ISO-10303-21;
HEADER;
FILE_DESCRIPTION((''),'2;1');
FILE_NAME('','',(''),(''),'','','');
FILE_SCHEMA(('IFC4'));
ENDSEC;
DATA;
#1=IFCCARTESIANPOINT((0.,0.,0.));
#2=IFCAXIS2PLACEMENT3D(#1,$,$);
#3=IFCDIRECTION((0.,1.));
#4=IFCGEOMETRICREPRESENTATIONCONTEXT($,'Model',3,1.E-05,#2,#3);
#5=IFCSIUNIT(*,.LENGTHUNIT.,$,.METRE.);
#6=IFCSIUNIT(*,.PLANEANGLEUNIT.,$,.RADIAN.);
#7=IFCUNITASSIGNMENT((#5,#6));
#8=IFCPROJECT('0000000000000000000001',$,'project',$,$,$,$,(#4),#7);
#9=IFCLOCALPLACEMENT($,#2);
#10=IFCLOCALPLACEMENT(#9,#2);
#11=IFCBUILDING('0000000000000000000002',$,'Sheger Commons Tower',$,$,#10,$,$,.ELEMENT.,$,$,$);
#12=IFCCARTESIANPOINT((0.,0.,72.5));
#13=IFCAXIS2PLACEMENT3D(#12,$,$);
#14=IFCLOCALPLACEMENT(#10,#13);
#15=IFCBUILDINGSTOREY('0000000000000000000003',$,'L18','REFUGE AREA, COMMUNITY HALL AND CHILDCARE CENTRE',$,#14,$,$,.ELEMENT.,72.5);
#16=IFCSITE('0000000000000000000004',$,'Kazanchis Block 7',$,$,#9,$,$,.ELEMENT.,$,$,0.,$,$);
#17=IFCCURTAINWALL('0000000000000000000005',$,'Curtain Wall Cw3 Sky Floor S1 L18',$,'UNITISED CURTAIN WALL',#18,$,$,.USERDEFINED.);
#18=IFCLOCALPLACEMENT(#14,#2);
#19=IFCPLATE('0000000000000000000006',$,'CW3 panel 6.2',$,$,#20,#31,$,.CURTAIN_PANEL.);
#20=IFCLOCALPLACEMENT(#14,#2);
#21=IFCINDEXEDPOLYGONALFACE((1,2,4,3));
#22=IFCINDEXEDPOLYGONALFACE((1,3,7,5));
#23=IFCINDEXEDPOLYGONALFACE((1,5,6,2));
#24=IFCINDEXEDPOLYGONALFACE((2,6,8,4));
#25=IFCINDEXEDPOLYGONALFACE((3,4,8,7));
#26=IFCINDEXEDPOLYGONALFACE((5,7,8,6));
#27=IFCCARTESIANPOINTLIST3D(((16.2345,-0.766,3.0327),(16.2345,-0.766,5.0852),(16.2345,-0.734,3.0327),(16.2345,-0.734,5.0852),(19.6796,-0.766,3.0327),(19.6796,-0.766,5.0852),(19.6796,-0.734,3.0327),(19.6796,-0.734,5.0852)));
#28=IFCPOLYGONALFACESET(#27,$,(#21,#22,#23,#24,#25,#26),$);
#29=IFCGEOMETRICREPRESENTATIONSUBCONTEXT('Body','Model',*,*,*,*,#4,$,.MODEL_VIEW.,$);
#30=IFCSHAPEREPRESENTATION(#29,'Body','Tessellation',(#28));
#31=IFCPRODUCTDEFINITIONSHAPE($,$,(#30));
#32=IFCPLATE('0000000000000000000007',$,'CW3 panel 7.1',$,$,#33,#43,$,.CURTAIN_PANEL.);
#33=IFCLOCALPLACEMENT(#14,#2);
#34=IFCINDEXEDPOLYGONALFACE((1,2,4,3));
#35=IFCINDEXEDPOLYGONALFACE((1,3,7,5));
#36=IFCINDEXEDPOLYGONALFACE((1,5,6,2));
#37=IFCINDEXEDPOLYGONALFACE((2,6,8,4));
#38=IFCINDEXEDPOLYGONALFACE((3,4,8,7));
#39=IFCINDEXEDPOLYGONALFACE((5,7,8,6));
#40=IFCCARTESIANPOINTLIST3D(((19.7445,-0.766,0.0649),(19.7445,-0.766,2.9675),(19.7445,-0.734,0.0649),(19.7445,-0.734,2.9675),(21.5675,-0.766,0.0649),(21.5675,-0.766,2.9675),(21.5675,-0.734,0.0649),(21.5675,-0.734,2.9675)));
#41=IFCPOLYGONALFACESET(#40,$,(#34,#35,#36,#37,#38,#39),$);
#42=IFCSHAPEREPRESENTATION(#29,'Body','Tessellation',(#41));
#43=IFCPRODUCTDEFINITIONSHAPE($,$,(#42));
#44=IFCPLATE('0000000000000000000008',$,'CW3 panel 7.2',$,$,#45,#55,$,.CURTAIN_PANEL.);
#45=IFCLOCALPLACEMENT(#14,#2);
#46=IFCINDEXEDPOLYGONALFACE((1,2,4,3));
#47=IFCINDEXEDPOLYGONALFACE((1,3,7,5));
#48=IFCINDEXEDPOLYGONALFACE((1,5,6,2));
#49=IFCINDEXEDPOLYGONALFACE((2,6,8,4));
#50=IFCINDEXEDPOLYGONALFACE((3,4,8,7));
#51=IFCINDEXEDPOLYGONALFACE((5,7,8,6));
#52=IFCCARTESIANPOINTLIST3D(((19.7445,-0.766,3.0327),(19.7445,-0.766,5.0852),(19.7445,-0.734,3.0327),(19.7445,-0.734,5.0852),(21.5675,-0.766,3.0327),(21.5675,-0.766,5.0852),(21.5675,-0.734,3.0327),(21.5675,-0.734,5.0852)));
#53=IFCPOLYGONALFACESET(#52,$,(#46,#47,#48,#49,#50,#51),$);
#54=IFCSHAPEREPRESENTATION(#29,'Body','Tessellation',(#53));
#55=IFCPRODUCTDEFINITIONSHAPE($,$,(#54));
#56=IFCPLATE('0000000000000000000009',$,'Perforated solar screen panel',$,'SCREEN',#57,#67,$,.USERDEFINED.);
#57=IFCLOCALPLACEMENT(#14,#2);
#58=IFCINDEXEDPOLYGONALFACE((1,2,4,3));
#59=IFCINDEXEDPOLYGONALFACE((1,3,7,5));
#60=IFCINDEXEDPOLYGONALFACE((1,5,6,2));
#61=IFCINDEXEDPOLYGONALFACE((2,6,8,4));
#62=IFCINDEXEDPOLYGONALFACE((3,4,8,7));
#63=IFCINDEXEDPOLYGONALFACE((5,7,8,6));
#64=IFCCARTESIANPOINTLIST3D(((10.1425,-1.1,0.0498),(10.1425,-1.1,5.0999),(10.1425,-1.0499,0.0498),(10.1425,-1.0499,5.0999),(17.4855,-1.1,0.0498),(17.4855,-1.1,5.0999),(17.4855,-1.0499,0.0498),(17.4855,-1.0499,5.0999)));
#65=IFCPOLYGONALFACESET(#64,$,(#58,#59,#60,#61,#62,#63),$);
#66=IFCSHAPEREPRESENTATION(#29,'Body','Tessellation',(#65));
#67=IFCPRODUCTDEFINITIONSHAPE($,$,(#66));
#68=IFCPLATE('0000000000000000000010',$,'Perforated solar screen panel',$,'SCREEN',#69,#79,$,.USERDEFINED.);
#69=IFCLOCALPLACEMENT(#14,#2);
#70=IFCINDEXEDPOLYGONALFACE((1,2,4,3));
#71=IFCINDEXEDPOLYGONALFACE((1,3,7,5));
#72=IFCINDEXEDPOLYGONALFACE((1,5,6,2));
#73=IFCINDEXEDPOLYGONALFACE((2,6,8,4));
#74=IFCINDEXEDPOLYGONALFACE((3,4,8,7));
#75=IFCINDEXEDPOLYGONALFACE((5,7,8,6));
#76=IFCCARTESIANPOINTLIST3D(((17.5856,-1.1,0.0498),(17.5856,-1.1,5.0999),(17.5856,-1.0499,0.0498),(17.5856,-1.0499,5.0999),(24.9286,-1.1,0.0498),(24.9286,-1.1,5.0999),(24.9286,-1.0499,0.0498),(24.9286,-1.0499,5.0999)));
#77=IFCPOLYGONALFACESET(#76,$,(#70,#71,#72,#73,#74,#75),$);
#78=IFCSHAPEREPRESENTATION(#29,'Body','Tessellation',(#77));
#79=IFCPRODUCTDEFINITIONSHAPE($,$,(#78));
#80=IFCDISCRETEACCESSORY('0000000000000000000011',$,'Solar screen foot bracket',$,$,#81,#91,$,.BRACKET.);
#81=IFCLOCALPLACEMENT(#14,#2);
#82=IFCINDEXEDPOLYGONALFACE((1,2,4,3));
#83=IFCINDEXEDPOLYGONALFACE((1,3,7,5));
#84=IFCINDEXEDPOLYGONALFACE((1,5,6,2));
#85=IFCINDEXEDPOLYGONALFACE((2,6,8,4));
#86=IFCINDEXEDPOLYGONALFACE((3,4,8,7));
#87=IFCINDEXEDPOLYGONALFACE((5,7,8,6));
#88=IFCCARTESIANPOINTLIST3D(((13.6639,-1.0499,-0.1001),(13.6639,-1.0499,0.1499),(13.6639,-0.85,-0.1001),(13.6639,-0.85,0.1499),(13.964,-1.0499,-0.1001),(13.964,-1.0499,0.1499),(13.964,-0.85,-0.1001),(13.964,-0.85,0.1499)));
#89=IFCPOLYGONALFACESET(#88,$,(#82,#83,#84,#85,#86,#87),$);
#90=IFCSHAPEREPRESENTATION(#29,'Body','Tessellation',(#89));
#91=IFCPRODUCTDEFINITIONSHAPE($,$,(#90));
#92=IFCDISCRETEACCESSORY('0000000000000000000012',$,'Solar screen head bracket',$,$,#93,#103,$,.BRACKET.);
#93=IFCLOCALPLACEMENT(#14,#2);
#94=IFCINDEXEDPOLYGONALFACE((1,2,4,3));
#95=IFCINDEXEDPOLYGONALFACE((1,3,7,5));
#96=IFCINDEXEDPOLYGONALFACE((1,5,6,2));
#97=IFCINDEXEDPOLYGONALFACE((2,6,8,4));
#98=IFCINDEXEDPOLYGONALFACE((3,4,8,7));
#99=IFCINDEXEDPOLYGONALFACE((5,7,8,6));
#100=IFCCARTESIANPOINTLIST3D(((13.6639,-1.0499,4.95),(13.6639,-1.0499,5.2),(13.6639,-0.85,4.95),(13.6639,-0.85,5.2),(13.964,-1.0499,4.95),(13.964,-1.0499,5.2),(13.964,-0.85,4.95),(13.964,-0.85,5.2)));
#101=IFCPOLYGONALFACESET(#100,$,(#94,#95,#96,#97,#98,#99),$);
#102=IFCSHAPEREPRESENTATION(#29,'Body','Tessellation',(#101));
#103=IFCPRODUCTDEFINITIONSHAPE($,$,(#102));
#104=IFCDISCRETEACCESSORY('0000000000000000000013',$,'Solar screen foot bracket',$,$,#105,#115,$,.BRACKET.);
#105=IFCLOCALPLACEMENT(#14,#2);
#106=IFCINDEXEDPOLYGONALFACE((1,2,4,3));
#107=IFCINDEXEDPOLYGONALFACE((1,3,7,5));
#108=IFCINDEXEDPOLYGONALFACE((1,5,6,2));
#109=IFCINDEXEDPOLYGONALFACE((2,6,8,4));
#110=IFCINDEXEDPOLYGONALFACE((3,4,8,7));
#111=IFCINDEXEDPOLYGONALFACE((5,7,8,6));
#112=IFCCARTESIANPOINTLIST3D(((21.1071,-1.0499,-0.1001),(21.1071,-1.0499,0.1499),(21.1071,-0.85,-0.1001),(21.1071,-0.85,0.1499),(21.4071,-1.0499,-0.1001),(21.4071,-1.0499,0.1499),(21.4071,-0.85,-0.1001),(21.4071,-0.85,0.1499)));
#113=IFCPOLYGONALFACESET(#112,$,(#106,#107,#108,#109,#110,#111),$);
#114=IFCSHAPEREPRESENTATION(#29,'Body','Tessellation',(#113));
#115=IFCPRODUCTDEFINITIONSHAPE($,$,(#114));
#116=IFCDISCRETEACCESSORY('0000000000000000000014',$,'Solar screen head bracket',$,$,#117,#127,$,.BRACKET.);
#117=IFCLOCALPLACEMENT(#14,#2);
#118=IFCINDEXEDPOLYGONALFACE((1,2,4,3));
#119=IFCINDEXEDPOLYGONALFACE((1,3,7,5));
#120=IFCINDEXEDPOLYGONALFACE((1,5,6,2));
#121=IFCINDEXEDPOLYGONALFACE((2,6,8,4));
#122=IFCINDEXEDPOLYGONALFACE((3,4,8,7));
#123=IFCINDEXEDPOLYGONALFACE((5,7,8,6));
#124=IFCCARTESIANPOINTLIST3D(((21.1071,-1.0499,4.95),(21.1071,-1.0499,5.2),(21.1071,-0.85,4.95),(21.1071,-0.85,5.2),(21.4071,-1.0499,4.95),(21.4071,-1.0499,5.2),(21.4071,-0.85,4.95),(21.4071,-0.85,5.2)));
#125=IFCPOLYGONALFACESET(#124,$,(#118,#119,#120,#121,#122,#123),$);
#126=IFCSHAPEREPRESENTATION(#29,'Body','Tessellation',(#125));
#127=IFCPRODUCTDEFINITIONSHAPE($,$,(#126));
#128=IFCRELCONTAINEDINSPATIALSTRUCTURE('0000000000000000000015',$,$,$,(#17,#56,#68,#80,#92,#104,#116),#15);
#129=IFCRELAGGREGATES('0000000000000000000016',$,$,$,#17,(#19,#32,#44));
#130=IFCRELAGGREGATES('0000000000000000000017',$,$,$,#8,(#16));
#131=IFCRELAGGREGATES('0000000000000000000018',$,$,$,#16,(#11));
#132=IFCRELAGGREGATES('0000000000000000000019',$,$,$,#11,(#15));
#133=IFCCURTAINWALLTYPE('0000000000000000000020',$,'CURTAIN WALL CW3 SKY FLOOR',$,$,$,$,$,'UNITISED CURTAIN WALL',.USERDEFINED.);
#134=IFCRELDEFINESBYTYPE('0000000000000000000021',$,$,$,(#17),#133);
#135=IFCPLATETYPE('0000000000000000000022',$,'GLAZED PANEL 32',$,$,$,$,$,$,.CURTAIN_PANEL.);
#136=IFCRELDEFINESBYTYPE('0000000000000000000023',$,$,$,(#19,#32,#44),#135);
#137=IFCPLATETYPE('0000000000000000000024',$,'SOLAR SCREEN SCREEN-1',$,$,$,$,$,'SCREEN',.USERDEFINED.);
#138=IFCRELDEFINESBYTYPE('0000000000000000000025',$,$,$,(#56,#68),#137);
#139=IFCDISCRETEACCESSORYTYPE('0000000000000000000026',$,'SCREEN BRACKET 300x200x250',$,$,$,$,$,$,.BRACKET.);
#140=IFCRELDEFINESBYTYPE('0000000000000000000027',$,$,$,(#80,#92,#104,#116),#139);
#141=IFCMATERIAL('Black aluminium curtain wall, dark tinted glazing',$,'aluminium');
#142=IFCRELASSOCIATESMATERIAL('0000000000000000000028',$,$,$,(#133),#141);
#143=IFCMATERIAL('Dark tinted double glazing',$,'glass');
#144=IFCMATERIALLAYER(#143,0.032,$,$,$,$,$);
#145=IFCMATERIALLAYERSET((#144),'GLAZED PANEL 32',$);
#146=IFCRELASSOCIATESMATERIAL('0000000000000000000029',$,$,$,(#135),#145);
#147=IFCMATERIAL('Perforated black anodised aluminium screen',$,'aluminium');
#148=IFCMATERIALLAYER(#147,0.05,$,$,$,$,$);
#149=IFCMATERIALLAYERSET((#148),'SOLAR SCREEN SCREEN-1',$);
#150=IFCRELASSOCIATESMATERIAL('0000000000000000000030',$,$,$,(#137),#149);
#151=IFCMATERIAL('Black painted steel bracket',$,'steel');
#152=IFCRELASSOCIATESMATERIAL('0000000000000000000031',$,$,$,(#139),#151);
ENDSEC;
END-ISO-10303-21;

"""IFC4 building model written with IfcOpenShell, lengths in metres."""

from ifc_helpers import new_model, si_unit, direction, frame, origin, origin_2d, place, context, subcontext, project, spatial, rectangle, extrude, material, layer, layer_set, type_object, element, aggregate, save


model = new_model("IFC4")

# Units and contexts
model_context = context("Model", 3, precision=1e-05, world=origin(), true_north=direction((0.0, 1.0)))
body_context = subcontext(model_context, "Body", "Model", "MODEL_VIEW")
ifc_project = project(units=[si_unit("LENGTHUNIT", "METRE"), si_unit("PLANEANGLEUNIT", "RADIAN")], contexts=[model_context])

# Site, building, storey
site_placement = place(None, origin())
site = spatial("IfcSite", under=ifc_project, at=site_placement, Name="Kazanchis Block 7", CompositionType="ELEMENT", RefElevation=0.0)
building_placement = place(site_placement, origin())
building = spatial("IfcBuilding", under=site, at=building_placement, Name="Sheger Commons Tower", CompositionType="ELEMENT")
storey_placement = place(building_placement, frame((0.0, 0.0, 72.5)))
storey = spatial("IfcBuildingStorey", under=building, at=storey_placement, Name="L18", Description="REFUGE AREA, COMMUNITY HALL AND CHILDCARE CENTRE", CompositionType="ELEMENT", Elevation=72.5)

# Curtain wall, plates
ifc_material_1 = material(Name="Black aluminium curtain wall, dark tinted glazing", Category="aluminium")
curtain_wall_type = type_object("IfcCurtainWallType", Name="CURTAIN WALL CW3 SKY FLOOR", ElementType="UNITISED CURTAIN WALL", PredefinedType="USERDEFINED", material=ifc_material_1)
curtain_wall_placement = place(storey_placement, origin())
curtain_wall = element("IfcCurtainWall", 1, at=curtain_wall_placement, inside=storey, type_object=curtain_wall_type, Name="Curtain Wall Cw3 Sky Floor S1 L18", ObjectType="UNITISED CURTAIN WALL", PredefinedType="USERDEFINED")
ifc_material_2 = material(Name="Dark tinted double glazing", Category="glass")
ifc_layer_1 = layer(ifc_material_2, 0.032)
ifc_layer_set_1 = layer_set([ifc_layer_1], Name="GLAZED PANEL 32")
plate_type_1 = type_object("IfcPlateType", Name="GLAZED PANEL 32", PredefinedType="CURTAIN_PANEL", material=ifc_layer_set_1)
plate_1_placement = place(storey_placement, frame((17.957, -0.75, 3.0327), z_axis=(0.0, 0.0, 1.0), x_axis=(1.0, 0.0, 0.0)))
plate_1 = element("IfcPlate", 2, at=plate_1_placement, type_object=plate_type_1, Name="CW3 panel 6.2", PredefinedType="CURTAIN_PANEL", context=body_context, shape_type="SweptSolid", body=[
    extrude(rectangle(XDim=3.4451, YDim=0.032, at=origin_2d()), origin(), (0.0, 0.0, 1.0), 2.0525),
])
plate_2_placement = place(storey_placement, frame((20.656, -0.75, 0.0649), z_axis=(0.0, 0.0, 1.0), x_axis=(1.0, 0.0, 0.0)))
plate_2 = element("IfcPlate", 3, at=plate_2_placement, type_object=plate_type_1, Name="CW3 panel 7.1", PredefinedType="CURTAIN_PANEL", context=body_context, shape_type="SweptSolid", body=[
    extrude(rectangle(XDim=1.823, YDim=0.032, at=origin_2d()), origin(), (0.0, 0.0, 1.0), 2.9026),
])
plate_3_placement = place(storey_placement, frame((20.656, -0.75, 3.0327), z_axis=(0.0, 0.0, 1.0), x_axis=(1.0, 0.0, 0.0)))
plate_3 = element("IfcPlate", 4, at=plate_3_placement, type_object=plate_type_1, Name="CW3 panel 7.2", PredefinedType="CURTAIN_PANEL", context=body_context, shape_type="SweptSolid", body=[
    extrude(rectangle(XDim=1.823, YDim=0.032, at=origin_2d()), origin(), (0.0, 0.0, 1.0), 2.0525),
])
aggregate(curtain_wall, [plate_1, plate_2, plate_3])

# Plates
ifc_material_3 = material(Name="Perforated black anodised aluminium screen", Category="aluminium")
ifc_layer_2 = layer(ifc_material_3, 0.05)
ifc_layer_set_2 = layer_set([ifc_layer_2], Name="SOLAR SCREEN SCREEN-1")
plate_type_2 = type_object("IfcPlateType", Name="SOLAR SCREEN SCREEN-1", ElementType="SCREEN", PredefinedType="USERDEFINED", material=ifc_layer_set_2)
for number, where, z_axis, x_axis, name in (
    (5, (13.814, -1.075, 0.0498), (0.0, 0.0, 1.0), (1.0, 0.0, 0.0), "Perforated solar screen panel"),
    (6, (21.2571, -1.075, 0.0498), (0.0, 0.0, 1.0), (1.0, 0.0, 0.0), "Perforated solar screen panel"),
):
    element("IfcPlate", number, at=place(storey_placement, frame(where, z_axis=z_axis, x_axis=x_axis)), inside=storey, type_object=plate_type_2, Name=name, ObjectType="SCREEN", PredefinedType="USERDEFINED", context=body_context, shape_type="SweptSolid", body=[
        extrude(rectangle(XDim=7.343, YDim=0.05, at=origin_2d()), origin(), (0.0, 0.0, 1.0), 5.05),
    ])

# Discrete accessories
ifc_material_4 = material(Name="Black painted steel bracket", Category="steel")
discrete_accessory_type = type_object("IfcDiscreteAccessoryType", Name="SCREEN BRACKET 300x200x250", PredefinedType="BRACKET", material=ifc_material_4)
for number, where, z_axis, x_axis, name in (
    (7, (13.814, -0.95, -0.1001), (0.0, 0.0, 1.0), (1.0, 0.0, 0.0), "Solar screen foot bracket"),
    (8, (13.814, -0.95, 4.95), (0.0, 0.0, 1.0), (1.0, 0.0, 0.0), "Solar screen head bracket"),
    (9, (21.2571, -0.95, -0.1001), (0.0, 0.0, 1.0), (1.0, 0.0, 0.0), "Solar screen foot bracket"),
    (10, (21.2571, -0.95, 4.95), (0.0, 0.0, 1.0), (1.0, 0.0, 0.0), "Solar screen head bracket"),
):
    element("IfcDiscreteAccessory", number, at=place(storey_placement, frame(where, z_axis=z_axis, x_axis=x_axis)), inside=storey, type_object=discrete_accessory_type, Name=name, PredefinedType="BRACKET", context=body_context, shape_type="SweptSolid", body=[
        extrude(rectangle(XDim=0.3, YDim=0.2, at=origin_2d()), origin(), (0.0, 0.0, 1.0), 0.25),
    ])

save(model, "model.ifc")
